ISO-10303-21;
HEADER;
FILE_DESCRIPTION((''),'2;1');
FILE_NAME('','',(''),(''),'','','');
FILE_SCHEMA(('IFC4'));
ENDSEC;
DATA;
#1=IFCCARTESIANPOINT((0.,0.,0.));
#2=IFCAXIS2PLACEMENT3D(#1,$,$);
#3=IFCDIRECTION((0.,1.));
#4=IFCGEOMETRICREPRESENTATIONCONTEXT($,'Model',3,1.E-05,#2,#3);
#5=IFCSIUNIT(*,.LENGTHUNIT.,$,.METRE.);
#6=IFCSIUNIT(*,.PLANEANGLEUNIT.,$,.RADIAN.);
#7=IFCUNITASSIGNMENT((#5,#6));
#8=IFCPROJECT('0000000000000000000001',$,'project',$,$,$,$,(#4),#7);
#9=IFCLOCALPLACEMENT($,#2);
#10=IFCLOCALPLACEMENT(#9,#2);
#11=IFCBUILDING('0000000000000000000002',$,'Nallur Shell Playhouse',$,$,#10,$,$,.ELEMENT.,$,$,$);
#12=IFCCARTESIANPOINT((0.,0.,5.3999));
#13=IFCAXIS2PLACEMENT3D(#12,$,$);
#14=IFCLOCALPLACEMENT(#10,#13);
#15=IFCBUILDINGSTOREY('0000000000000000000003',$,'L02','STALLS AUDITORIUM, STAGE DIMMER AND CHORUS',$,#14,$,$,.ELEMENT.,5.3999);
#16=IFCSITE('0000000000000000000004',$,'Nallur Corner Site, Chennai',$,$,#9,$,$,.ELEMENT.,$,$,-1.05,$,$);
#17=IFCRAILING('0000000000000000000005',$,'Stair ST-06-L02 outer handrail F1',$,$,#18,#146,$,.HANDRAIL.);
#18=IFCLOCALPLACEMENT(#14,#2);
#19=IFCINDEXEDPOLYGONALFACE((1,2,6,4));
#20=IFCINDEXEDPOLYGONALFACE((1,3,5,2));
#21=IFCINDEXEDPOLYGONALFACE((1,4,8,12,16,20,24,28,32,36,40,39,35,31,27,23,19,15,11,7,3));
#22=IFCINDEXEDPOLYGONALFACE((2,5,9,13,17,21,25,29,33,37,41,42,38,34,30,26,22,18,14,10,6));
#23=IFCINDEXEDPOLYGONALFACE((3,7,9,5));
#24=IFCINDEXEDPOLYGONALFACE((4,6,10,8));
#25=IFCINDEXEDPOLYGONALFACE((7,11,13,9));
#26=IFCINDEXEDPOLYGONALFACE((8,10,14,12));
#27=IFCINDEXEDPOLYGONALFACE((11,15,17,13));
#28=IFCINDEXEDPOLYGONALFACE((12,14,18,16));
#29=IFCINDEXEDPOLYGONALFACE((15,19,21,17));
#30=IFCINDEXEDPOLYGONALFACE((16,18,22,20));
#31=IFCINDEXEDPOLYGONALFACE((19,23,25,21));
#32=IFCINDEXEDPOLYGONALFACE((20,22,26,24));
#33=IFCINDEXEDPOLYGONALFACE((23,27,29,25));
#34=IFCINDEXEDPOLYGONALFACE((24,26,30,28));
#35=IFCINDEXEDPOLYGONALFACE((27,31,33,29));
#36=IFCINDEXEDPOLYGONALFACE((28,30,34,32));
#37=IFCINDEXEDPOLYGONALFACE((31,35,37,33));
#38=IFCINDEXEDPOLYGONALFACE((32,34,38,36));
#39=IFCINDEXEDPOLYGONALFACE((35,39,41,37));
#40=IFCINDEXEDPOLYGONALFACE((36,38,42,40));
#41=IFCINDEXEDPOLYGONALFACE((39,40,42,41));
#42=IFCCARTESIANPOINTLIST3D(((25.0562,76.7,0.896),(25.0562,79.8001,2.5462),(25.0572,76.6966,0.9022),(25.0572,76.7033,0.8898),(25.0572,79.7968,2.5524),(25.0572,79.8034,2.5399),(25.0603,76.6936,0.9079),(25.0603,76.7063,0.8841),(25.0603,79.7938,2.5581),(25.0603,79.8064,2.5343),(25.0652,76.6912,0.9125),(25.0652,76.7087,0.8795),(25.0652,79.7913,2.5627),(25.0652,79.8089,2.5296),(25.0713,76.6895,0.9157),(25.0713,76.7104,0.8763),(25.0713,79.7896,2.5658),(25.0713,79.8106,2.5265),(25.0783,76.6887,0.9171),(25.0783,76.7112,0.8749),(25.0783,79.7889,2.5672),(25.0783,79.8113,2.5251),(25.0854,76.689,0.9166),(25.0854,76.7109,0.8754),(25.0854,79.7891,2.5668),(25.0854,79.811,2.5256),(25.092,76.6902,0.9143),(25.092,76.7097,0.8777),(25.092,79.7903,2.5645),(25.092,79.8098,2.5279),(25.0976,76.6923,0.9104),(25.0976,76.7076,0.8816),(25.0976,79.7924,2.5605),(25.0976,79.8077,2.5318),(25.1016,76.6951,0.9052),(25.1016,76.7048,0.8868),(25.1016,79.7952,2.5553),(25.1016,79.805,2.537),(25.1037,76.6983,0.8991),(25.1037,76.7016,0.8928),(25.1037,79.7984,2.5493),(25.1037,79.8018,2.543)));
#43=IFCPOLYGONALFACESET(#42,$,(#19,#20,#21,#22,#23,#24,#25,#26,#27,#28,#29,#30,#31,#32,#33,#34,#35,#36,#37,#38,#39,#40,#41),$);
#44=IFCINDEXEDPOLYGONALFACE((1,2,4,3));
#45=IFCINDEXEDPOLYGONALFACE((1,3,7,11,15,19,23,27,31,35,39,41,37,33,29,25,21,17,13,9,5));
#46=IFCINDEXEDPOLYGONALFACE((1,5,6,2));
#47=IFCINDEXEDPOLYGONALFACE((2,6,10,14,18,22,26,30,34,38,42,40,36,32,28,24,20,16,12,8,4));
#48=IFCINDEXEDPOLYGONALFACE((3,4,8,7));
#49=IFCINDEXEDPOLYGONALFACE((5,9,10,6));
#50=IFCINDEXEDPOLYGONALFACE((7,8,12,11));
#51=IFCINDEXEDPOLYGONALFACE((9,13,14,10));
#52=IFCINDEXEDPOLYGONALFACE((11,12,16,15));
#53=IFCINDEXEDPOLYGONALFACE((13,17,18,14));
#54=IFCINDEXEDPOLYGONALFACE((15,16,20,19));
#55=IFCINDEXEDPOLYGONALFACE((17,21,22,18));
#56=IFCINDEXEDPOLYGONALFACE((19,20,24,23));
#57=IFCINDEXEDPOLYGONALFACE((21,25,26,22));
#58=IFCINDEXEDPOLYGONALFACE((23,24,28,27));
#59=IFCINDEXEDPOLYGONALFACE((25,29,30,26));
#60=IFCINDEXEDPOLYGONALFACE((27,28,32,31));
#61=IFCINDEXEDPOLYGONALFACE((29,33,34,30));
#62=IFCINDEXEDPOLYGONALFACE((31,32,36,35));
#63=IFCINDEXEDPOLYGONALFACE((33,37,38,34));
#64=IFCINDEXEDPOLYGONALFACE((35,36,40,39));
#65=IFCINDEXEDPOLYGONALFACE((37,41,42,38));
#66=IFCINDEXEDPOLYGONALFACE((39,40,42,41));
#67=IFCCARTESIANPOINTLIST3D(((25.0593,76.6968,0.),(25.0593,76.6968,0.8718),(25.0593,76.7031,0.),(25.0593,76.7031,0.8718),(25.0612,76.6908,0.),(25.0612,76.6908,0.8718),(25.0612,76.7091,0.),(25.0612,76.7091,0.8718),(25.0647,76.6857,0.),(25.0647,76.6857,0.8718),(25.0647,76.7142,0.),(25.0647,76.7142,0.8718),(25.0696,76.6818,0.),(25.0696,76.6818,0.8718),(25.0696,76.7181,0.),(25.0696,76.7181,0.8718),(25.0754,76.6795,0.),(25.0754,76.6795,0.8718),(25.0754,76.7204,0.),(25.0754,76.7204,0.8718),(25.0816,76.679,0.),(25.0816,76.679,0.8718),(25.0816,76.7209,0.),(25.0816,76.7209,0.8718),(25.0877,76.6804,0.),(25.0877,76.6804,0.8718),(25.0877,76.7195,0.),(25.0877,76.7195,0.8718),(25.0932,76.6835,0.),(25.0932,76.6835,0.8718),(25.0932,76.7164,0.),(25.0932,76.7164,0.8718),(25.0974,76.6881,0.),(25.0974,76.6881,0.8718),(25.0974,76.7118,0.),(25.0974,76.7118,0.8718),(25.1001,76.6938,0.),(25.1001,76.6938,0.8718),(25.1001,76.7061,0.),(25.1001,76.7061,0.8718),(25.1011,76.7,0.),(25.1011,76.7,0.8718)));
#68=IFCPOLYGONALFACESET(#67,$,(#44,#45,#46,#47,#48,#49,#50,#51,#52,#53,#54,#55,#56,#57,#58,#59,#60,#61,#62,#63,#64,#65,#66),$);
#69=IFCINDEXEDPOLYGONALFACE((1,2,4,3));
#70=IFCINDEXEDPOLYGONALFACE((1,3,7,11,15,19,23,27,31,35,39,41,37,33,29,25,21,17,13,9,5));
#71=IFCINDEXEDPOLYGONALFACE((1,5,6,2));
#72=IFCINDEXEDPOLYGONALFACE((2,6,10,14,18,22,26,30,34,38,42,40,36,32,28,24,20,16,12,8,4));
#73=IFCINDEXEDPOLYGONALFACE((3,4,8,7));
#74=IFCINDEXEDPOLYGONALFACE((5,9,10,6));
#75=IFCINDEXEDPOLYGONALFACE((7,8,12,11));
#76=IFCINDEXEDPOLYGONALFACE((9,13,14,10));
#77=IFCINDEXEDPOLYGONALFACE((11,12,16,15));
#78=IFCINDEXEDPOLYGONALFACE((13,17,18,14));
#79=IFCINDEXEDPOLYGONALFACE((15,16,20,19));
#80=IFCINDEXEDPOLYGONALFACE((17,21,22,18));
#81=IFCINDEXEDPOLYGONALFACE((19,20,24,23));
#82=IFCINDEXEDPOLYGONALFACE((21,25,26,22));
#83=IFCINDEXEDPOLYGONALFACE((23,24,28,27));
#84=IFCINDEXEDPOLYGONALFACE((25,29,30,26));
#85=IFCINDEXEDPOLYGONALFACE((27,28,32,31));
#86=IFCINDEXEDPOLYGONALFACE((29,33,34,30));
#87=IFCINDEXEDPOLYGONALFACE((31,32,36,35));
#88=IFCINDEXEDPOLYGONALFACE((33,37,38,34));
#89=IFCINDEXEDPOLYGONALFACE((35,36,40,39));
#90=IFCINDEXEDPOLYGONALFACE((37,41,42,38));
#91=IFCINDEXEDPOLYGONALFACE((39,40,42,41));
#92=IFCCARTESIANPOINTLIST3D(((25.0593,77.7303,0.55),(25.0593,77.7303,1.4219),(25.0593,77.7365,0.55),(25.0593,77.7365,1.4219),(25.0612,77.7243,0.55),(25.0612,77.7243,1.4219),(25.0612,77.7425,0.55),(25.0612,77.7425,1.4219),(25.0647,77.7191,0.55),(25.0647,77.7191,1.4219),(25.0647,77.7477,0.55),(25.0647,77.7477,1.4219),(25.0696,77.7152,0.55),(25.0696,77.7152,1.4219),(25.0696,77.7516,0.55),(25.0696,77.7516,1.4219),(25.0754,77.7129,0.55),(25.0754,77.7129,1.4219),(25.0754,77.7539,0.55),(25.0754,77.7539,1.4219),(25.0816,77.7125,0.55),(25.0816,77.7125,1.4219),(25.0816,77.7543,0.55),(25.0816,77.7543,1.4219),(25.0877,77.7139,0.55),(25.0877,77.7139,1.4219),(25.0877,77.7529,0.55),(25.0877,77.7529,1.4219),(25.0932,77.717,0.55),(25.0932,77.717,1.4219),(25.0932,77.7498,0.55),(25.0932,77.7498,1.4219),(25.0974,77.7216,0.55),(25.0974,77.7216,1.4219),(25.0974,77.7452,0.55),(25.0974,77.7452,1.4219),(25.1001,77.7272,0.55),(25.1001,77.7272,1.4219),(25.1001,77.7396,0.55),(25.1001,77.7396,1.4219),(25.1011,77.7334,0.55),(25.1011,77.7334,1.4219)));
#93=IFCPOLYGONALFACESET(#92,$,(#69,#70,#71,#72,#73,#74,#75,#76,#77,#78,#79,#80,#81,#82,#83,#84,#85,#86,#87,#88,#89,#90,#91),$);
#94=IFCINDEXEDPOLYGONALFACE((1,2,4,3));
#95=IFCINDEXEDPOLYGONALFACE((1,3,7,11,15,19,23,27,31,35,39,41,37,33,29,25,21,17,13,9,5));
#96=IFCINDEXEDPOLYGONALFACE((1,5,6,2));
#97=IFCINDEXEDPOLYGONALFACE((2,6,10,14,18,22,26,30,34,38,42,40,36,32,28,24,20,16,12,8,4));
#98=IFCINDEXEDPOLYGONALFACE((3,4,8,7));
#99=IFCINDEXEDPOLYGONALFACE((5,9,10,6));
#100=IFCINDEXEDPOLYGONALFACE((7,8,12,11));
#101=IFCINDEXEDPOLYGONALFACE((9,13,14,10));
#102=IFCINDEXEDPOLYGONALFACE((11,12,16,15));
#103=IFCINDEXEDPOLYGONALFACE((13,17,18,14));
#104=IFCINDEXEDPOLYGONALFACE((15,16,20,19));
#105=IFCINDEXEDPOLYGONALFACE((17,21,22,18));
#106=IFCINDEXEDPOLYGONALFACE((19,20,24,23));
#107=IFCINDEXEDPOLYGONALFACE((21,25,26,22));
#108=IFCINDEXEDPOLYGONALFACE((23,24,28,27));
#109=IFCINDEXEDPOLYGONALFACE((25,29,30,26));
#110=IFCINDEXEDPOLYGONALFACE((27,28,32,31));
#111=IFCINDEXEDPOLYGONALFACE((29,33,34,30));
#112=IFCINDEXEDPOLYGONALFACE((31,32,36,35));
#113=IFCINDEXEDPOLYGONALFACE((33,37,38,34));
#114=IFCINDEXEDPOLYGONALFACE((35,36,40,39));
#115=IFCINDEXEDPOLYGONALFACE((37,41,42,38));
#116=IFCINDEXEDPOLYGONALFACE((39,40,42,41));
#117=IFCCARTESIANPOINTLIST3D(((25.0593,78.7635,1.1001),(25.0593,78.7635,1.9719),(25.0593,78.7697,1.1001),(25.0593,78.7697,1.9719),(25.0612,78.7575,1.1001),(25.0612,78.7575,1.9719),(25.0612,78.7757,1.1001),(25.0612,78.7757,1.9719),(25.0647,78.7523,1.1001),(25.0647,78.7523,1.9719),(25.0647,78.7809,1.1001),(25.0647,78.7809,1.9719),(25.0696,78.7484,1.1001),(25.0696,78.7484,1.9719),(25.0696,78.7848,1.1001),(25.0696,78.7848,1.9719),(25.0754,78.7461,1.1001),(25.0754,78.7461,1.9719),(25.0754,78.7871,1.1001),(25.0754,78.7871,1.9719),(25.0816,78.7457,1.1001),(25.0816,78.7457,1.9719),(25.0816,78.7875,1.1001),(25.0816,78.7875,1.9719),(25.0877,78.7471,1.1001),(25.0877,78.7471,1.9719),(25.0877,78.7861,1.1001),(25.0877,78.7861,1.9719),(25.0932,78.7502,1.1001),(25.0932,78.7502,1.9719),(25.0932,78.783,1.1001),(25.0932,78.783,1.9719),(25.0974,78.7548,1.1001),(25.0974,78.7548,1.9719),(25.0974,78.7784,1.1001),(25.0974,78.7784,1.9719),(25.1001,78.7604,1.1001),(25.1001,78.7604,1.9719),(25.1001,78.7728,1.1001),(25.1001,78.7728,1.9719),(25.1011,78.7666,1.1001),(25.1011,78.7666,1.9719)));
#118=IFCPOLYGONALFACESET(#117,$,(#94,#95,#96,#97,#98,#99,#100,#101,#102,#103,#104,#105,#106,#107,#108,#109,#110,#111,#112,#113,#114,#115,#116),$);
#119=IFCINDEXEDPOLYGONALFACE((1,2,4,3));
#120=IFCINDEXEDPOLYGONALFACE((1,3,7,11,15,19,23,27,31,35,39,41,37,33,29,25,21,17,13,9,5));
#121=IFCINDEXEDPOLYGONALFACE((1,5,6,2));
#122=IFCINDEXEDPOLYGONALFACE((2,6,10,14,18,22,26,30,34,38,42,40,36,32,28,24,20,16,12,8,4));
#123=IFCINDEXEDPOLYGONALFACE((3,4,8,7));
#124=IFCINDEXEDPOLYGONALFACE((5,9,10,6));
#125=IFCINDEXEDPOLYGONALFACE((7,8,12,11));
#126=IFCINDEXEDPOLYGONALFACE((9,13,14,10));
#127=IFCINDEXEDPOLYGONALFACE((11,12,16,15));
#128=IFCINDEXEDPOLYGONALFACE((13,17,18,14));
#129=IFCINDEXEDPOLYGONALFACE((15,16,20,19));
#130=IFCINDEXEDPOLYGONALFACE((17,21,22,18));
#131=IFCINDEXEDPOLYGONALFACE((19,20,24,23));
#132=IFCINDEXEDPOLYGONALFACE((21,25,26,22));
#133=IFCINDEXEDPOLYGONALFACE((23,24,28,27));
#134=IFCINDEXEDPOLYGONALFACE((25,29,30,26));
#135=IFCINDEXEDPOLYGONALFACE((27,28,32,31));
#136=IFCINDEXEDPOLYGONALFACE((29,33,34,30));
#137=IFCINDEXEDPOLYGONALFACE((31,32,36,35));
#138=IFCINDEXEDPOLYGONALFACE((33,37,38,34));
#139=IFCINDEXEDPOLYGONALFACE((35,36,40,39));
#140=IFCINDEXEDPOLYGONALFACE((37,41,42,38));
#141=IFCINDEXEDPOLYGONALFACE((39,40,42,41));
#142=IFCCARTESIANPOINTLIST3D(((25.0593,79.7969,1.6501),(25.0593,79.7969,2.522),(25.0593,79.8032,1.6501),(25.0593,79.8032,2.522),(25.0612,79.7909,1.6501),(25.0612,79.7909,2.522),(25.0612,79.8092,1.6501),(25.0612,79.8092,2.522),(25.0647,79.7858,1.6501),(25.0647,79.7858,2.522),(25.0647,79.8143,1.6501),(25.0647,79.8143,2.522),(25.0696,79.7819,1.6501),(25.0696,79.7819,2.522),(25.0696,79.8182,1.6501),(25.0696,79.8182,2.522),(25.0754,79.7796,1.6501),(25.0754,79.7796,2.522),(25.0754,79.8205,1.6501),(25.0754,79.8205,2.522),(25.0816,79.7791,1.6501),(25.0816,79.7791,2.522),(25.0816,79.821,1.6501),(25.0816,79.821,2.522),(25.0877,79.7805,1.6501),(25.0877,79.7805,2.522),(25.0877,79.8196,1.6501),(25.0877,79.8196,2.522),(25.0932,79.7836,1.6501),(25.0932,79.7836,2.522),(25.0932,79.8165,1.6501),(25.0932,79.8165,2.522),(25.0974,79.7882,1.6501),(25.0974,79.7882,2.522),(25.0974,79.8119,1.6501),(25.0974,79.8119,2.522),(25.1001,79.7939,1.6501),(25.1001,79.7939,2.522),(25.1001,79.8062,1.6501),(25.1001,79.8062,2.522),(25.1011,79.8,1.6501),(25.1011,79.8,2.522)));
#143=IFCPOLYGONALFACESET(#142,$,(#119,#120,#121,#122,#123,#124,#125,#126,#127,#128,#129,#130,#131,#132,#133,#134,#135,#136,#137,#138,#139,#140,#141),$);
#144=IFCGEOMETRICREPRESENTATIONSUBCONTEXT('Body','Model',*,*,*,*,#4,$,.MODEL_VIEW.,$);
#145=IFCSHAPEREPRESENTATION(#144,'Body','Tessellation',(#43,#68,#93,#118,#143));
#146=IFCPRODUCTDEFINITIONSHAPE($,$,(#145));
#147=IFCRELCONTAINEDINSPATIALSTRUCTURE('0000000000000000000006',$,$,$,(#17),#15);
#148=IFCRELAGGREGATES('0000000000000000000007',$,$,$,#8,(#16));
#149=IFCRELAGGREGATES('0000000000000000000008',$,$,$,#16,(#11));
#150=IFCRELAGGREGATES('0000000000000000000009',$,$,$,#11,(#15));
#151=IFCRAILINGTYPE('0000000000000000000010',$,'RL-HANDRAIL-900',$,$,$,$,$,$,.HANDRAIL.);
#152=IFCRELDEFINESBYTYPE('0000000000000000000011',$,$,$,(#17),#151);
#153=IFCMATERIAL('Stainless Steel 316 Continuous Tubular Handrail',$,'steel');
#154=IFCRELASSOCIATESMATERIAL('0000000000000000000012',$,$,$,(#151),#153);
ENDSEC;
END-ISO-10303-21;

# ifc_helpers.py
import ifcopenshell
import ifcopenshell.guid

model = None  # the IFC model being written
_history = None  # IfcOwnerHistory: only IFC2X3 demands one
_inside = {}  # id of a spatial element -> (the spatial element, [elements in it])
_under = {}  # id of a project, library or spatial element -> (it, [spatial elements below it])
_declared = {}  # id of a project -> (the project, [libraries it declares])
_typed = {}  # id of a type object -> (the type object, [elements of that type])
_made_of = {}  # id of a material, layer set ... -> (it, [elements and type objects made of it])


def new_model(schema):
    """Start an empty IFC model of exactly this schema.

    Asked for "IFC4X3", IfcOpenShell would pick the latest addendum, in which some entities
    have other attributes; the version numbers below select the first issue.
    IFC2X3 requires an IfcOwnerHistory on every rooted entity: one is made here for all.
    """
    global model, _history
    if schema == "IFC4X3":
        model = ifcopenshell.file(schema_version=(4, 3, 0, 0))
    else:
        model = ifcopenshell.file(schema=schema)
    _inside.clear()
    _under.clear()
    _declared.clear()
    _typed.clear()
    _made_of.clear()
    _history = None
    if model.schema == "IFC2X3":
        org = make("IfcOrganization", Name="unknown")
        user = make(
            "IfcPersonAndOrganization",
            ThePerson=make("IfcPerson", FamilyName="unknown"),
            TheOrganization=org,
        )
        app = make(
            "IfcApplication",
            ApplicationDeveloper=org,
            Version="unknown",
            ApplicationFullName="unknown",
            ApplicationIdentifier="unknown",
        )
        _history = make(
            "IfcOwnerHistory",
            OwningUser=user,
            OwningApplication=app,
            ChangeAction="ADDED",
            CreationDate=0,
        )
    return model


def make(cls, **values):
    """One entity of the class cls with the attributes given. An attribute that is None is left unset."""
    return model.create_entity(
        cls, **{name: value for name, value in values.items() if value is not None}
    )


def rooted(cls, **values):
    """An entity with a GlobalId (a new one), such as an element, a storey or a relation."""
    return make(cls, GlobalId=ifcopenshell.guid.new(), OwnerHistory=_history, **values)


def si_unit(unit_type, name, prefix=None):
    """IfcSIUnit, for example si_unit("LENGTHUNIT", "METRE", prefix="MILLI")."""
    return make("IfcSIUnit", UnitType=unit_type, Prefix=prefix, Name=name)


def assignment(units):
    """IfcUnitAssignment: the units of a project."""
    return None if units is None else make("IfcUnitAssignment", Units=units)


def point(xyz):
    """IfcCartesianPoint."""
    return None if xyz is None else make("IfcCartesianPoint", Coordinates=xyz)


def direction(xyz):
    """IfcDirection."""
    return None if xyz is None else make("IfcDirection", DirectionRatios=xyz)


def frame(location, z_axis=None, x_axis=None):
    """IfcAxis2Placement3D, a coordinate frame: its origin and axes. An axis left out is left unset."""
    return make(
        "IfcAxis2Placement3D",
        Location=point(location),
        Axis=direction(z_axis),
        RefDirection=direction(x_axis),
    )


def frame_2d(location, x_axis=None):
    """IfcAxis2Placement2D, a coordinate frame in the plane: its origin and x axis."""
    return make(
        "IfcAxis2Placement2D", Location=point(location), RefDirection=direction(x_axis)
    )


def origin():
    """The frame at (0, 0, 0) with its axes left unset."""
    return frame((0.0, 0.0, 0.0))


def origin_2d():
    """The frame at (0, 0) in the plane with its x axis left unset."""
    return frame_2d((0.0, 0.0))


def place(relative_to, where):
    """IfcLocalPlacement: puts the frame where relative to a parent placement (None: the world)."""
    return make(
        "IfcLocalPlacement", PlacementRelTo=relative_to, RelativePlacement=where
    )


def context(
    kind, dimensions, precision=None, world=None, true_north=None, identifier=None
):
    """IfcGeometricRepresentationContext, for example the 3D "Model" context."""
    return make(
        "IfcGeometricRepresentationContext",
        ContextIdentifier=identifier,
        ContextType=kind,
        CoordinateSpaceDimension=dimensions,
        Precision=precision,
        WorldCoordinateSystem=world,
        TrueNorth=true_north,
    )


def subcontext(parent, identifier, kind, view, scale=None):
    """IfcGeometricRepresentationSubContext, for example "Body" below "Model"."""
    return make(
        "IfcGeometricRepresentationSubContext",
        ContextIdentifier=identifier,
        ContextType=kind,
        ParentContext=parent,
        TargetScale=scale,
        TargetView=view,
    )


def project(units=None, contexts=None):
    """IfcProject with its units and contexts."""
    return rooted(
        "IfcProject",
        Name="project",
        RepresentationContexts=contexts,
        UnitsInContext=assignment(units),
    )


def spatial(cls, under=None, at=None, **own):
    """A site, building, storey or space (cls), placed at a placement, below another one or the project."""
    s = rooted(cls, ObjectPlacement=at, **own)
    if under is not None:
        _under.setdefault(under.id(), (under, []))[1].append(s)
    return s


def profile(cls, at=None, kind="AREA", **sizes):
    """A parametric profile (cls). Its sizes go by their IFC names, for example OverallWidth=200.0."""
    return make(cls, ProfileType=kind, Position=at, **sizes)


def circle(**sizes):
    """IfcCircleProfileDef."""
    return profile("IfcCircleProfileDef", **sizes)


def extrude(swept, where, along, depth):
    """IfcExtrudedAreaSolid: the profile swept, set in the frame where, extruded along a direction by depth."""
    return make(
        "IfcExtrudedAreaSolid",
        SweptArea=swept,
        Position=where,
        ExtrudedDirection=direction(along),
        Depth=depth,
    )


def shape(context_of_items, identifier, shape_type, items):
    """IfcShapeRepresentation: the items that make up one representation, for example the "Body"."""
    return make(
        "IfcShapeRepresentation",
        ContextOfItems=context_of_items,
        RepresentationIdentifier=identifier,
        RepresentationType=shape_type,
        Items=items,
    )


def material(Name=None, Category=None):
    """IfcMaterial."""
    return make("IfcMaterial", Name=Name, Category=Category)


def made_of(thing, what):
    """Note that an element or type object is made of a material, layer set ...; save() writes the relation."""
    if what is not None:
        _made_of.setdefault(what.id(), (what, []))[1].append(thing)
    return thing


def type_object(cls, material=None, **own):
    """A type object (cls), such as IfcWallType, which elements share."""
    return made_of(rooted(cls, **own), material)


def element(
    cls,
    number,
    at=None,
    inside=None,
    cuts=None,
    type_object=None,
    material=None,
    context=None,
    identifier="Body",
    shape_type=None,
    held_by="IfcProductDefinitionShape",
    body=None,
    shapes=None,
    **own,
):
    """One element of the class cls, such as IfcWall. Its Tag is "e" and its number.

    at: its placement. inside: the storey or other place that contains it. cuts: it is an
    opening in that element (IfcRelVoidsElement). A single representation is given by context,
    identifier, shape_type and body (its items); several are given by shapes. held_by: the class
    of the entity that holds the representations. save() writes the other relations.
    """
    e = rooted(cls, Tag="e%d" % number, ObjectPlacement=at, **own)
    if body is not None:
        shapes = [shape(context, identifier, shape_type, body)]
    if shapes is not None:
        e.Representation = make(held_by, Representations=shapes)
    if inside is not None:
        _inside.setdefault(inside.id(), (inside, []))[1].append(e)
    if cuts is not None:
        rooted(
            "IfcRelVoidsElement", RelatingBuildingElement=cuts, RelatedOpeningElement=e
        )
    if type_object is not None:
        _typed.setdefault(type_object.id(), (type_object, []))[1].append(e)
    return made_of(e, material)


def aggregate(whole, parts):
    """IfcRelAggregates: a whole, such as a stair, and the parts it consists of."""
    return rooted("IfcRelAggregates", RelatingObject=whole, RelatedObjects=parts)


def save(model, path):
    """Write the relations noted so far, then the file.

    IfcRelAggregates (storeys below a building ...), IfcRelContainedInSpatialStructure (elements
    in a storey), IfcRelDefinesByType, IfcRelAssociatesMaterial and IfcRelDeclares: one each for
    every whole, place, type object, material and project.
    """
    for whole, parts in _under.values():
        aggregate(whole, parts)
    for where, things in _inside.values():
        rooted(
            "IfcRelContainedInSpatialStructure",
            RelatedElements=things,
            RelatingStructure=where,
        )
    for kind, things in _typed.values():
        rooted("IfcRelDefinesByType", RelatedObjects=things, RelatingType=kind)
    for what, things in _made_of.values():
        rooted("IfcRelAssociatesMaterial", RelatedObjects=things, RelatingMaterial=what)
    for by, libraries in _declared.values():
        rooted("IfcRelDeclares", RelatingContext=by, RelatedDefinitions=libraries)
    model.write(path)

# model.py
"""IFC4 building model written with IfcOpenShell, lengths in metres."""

from ifc_helpers import new_model, si_unit, direction, frame, origin, origin_2d, place, context, subcontext, project, spatial, circle, extrude, material, type_object, element, save


model = new_model("IFC4")

# Units and contexts
model_context = context("Model", 3, precision=1e-05, world=origin(), true_north=direction((0.0, 1.0)))
body_context = subcontext(model_context, "Body", "Model", "MODEL_VIEW")
ifc_project = project(units=[si_unit("LENGTHUNIT", "METRE"), si_unit("PLANEANGLEUNIT", "RADIAN")], contexts=[model_context])

# Site, building, storey
site_placement = place(None, origin())
site = spatial("IfcSite", under=ifc_project, at=site_placement, Name="Nallur Corner Site, Chennai", CompositionType="ELEMENT", RefElevation=-1.05)
building_placement = place(site_placement, origin())
building = spatial("IfcBuilding", under=site, at=building_placement, Name="Nallur Shell Playhouse", CompositionType="ELEMENT")
storey_placement = place(building_placement, frame((0.0, 0.0, 5.3999)))
storey = spatial("IfcBuildingStorey", under=building, at=storey_placement, Name="L02", Description="STALLS AUDITORIUM, STAGE DIMMER AND CHORUS", CompositionType="ELEMENT", Elevation=5.3999)

# Railing
ifc_material_1 = material(Name="Stainless Steel 316 Continuous Tubular Handrail", Category="steel")
railing_type_1 = type_object("IfcRailingType", Name="RL-HANDRAIL-900", PredefinedType="HANDRAIL", material=ifc_material_1)
railing_1_placement = place(storey_placement, frame((25.0801, 76.7, 0.0)))
element("IfcRailing", 1, at=railing_1_placement, inside=storey, type_object=railing_type_1, Name="Stair ST-06-L02 outer handrail F1", PredefinedType="HANDRAIL", context=body_context, shape_type="SweptSolid", body=[
    extrude(circle(Radius=0.0239, at=origin_2d()), frame((0.0, 0.0, 0.896), z_axis=(0.0, 0.882736, 0.46987), x_axis=(-1.0, 0.0, 0.0)), (0.0, 0.0, 1.0), 3.512),
    extrude(circle(Radius=0.021, at=origin_2d()), origin(), (0.0, 0.0, 1.0), 0.8718),
    extrude(circle(Radius=0.021, at=origin_2d()), frame((0.0, 1.0334, 0.55)), (0.0, 0.0, 1.0), 0.8718),
    extrude(circle(Radius=0.021, at=origin_2d()), frame((0.0, 2.0667, 1.1001)), (0.0, 0.0, 1.0), 0.8718),
    extrude(circle(Radius=0.021, at=origin_2d()), frame((0.0, 3.1001, 1.6501)), (0.0, 0.0, 1.0), 0.8718),
])

save(model, "model.ifc")
